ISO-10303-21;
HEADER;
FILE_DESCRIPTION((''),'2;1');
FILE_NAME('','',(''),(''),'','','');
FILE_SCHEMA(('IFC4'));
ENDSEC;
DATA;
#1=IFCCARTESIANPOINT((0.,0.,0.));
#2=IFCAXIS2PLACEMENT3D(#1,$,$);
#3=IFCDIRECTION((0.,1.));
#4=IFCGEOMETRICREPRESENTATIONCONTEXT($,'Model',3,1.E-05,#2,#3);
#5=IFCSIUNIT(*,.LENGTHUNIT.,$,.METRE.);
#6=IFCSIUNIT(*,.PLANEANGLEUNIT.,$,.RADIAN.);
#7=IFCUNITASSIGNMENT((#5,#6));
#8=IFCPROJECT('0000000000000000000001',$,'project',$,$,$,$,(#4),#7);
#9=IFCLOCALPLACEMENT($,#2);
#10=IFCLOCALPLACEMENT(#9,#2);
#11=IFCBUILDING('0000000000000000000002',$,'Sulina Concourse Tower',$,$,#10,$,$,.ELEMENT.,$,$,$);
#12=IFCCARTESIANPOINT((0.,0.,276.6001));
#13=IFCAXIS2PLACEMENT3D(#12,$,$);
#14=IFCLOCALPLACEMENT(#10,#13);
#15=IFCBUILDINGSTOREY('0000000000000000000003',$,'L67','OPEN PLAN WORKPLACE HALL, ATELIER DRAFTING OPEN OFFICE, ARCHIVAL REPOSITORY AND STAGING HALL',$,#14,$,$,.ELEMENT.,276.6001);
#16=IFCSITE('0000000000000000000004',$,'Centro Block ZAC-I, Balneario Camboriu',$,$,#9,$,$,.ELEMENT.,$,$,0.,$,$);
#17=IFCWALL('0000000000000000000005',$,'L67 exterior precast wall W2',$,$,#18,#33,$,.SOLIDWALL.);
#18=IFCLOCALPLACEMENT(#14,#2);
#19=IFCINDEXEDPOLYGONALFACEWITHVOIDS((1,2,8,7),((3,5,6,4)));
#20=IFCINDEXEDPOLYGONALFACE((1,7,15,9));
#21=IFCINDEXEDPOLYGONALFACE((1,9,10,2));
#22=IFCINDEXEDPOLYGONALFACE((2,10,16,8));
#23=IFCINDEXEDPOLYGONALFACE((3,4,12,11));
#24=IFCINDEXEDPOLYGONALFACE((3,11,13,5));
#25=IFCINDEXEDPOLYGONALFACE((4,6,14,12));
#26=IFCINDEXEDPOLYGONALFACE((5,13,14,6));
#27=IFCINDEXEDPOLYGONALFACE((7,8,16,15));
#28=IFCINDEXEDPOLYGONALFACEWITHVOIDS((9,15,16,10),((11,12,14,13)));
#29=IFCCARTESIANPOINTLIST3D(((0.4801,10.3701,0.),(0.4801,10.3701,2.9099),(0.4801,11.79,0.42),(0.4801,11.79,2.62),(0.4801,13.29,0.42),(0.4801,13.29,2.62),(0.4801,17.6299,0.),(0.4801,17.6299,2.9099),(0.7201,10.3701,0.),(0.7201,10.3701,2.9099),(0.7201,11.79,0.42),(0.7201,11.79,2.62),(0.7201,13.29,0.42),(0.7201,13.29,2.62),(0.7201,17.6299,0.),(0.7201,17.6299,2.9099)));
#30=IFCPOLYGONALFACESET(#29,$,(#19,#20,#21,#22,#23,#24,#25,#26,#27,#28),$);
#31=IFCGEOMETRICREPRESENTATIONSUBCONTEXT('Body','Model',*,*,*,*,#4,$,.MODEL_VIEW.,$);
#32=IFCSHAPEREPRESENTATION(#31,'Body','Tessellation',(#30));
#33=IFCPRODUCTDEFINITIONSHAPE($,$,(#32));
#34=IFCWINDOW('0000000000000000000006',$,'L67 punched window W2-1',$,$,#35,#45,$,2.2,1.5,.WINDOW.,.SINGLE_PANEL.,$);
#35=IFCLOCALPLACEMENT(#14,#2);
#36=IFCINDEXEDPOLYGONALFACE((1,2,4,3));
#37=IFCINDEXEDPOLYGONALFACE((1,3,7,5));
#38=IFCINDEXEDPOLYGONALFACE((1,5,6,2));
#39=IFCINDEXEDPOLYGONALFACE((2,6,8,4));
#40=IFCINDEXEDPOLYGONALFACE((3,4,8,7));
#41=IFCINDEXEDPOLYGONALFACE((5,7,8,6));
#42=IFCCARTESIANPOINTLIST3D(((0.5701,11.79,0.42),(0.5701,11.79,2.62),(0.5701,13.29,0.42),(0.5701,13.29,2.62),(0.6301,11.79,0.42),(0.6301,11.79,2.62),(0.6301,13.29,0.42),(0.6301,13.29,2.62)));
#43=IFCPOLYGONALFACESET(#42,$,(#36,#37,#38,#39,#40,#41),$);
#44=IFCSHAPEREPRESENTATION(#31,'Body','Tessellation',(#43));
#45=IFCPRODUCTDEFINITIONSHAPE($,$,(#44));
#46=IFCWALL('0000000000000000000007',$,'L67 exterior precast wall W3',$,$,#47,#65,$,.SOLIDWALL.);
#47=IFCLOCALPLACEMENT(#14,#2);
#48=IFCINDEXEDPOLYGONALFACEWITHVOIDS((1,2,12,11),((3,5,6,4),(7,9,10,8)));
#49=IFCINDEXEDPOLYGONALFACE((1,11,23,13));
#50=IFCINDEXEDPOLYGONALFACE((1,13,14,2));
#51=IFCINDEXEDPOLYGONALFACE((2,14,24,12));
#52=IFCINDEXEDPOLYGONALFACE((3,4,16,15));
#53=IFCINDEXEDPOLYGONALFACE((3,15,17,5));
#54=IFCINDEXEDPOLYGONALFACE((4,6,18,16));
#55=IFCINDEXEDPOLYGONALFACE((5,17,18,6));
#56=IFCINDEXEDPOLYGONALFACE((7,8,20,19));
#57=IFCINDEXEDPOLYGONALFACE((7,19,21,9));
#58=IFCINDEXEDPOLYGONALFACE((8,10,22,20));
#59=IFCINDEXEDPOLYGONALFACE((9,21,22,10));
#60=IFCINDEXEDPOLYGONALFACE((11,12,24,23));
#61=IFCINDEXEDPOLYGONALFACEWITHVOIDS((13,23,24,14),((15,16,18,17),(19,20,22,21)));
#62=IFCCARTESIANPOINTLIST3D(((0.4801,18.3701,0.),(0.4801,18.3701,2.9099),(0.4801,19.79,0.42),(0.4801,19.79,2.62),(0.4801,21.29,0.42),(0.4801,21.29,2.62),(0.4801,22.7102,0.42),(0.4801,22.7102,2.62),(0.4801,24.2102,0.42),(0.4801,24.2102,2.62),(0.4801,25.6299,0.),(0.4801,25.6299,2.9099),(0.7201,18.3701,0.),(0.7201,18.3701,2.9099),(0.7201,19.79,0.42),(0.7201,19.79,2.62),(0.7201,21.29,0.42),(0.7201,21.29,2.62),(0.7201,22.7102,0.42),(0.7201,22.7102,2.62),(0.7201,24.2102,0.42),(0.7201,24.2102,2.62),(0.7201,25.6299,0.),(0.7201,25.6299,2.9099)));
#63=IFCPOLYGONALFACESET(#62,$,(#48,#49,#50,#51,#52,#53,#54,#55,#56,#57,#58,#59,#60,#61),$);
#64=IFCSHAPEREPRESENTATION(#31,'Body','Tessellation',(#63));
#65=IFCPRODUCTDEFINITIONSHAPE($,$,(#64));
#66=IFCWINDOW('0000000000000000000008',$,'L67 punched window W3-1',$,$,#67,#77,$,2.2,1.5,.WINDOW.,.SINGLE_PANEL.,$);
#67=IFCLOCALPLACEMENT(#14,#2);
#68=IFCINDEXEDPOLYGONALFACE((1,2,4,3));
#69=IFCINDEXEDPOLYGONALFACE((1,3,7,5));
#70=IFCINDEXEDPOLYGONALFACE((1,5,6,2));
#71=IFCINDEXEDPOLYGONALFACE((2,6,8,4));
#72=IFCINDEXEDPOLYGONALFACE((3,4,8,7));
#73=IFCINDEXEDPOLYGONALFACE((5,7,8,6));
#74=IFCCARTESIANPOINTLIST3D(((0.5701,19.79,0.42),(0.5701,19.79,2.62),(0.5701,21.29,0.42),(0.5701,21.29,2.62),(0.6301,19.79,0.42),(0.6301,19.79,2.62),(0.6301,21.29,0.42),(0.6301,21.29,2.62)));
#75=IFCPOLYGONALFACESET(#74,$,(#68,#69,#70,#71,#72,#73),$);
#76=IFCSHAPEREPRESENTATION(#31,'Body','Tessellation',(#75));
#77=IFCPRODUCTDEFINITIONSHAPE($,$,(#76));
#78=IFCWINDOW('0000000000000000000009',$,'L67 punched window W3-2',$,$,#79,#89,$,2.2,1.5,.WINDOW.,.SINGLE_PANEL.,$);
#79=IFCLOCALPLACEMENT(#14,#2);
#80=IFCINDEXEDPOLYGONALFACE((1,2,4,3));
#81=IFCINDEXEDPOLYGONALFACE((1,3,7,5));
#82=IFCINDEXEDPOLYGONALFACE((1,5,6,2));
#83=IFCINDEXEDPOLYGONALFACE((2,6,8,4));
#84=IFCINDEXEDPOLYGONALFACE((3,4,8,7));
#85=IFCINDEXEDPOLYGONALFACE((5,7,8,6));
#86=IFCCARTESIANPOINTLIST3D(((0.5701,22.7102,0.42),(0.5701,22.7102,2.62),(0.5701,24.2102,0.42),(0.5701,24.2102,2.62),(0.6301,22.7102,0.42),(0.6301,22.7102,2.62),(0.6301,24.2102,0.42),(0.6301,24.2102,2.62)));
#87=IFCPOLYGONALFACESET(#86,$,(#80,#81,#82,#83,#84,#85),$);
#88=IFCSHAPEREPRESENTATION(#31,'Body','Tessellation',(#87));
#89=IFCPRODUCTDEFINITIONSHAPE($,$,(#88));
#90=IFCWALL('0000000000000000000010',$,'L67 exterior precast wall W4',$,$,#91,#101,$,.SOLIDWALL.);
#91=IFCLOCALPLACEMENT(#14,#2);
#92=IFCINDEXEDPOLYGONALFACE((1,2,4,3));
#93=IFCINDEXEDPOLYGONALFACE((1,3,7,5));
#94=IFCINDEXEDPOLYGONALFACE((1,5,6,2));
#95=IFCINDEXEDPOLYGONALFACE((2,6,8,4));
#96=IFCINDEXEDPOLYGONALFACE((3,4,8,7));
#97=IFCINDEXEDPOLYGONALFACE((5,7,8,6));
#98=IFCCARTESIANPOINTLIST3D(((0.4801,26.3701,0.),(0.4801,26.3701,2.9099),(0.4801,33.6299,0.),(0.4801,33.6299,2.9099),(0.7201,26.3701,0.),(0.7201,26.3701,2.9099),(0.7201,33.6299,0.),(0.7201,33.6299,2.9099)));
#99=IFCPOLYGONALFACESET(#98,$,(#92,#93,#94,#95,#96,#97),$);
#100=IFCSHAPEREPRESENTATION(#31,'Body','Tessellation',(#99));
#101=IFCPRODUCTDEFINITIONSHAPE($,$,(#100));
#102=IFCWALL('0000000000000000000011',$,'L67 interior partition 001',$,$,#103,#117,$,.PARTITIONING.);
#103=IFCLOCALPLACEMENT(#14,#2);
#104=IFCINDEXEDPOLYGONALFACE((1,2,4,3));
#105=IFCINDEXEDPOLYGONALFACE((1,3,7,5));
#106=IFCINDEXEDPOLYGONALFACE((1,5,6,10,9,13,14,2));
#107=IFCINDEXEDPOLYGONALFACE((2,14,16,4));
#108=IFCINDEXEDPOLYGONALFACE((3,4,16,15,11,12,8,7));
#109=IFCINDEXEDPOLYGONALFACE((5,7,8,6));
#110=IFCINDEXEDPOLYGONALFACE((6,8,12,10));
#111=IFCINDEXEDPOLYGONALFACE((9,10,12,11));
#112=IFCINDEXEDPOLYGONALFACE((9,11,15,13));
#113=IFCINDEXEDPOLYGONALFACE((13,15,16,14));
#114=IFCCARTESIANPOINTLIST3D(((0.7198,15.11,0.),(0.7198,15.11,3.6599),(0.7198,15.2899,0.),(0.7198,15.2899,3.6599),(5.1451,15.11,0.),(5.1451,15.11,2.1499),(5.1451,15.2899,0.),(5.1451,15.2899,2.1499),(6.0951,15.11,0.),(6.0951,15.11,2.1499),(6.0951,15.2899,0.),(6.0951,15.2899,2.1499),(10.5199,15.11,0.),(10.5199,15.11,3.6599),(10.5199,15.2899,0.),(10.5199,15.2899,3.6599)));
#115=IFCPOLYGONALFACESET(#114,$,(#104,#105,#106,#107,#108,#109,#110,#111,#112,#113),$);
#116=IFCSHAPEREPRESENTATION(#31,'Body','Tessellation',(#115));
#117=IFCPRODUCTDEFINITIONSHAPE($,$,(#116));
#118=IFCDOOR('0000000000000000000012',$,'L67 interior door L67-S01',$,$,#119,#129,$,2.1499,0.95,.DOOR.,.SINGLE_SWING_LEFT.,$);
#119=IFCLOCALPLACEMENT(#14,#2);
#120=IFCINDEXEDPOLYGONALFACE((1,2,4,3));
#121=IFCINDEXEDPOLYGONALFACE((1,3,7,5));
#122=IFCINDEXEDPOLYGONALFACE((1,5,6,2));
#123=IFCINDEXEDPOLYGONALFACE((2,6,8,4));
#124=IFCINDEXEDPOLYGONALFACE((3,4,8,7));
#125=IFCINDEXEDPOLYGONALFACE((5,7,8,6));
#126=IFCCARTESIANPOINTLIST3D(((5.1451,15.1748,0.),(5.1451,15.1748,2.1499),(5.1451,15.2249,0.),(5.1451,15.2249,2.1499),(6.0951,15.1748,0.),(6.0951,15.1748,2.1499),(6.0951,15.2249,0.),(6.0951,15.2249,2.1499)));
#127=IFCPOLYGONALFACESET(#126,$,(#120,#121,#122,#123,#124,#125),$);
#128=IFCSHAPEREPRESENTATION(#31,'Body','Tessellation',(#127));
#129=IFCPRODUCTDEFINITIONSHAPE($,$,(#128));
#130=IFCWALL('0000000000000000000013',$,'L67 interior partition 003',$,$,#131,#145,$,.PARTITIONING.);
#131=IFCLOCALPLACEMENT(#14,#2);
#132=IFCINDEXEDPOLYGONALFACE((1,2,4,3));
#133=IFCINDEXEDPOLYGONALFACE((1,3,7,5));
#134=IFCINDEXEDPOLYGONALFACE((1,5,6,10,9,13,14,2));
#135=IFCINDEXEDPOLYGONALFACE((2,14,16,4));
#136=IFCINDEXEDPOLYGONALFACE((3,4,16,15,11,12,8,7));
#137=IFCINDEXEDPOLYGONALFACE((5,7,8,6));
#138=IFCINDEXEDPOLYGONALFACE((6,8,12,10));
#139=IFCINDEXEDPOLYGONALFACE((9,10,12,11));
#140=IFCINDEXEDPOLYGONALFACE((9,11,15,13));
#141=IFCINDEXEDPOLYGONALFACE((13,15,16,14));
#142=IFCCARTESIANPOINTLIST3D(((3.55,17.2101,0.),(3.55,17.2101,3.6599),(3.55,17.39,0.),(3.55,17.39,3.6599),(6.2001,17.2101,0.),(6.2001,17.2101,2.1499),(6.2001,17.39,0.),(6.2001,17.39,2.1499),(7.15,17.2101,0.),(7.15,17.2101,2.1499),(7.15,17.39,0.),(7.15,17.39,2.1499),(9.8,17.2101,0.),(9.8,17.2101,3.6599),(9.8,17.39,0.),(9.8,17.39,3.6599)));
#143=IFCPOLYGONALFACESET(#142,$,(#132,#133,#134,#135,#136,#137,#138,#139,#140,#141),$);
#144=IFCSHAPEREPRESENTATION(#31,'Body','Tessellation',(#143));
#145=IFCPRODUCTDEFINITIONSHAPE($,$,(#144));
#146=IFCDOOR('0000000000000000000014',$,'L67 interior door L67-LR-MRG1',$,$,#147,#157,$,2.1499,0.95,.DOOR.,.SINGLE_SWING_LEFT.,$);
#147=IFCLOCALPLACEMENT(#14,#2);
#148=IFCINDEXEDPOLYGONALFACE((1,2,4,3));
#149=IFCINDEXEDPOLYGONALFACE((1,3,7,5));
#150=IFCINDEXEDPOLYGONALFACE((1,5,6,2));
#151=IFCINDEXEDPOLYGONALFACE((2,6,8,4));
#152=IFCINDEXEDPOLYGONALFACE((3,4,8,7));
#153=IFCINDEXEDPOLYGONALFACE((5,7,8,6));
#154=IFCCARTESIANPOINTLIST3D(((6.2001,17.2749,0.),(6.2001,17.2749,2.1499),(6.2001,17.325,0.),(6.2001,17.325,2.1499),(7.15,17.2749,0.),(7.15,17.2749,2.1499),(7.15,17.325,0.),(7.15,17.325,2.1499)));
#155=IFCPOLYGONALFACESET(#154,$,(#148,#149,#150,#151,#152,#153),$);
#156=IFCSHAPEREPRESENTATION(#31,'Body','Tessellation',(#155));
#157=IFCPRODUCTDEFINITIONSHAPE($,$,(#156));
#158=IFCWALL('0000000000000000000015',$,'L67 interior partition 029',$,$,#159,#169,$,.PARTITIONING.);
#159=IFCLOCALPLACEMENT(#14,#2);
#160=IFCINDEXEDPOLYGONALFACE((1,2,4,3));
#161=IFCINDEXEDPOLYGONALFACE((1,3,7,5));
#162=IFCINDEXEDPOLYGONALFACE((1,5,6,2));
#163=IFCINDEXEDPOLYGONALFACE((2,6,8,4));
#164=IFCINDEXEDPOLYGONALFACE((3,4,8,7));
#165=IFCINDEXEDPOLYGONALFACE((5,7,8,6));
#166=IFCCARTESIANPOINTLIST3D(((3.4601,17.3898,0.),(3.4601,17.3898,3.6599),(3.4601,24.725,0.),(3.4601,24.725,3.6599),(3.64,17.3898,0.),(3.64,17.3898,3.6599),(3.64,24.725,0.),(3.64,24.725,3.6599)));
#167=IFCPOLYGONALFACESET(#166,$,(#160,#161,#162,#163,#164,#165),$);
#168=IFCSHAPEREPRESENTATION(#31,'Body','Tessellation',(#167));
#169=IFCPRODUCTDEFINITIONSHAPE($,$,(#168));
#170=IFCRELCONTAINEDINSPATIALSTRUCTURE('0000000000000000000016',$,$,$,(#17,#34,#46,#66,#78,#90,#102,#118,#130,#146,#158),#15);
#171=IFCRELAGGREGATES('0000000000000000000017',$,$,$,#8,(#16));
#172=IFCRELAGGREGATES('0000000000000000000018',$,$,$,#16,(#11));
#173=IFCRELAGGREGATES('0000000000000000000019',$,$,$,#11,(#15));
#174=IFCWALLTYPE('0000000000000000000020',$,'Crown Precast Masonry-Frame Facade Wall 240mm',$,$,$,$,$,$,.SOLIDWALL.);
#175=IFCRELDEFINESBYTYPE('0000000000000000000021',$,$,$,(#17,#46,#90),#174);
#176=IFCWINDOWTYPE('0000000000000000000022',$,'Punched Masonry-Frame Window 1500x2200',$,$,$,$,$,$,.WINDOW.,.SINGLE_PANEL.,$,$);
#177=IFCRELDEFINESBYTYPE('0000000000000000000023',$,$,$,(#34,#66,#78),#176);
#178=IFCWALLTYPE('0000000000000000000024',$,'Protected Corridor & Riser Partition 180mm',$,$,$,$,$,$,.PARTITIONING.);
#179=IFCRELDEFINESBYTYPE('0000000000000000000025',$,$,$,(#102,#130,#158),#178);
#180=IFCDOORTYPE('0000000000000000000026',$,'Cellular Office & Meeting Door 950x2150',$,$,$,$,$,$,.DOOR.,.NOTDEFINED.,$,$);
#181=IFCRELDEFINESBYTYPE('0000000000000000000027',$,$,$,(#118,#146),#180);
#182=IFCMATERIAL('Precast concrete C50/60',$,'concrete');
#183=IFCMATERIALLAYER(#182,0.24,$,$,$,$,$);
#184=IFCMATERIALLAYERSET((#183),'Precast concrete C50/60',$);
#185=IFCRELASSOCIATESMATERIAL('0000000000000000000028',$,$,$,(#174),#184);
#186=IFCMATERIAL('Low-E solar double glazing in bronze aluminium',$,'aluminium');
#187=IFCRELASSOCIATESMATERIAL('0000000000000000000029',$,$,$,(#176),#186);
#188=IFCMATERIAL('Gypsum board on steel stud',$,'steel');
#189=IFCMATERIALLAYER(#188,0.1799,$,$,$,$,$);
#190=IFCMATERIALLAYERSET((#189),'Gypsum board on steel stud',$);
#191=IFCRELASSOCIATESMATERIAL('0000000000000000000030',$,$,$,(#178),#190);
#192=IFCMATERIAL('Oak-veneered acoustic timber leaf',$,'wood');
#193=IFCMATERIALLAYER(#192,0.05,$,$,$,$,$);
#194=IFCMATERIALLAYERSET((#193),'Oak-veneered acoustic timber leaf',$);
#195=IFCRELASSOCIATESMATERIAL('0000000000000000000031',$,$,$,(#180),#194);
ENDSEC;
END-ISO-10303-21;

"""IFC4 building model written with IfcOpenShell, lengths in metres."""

from ifc_helpers import new_model, si_unit, direction, frame, frame_2d, origin, place, context, subcontext, project, spatial, rectangle, extrude, material, layer, layer_set, type_object, element, fill, save


model = new_model("IFC4")

# Units and contexts
model_context = context("Model", 3, precision=1e-05, world=origin(), true_north=direction((0.0, 1.0)))
body_context = subcontext(model_context, "Body", "Model", "MODEL_VIEW")
ifc_project = project(units=[si_unit("LENGTHUNIT", "METRE"), si_unit("PLANEANGLEUNIT", "RADIAN")], contexts=[model_context])

# Site, building, storey
site_placement = place(None, origin())
site = spatial("IfcSite", under=ifc_project, at=site_placement, Name="Centro Block ZAC-I, Balneario Camboriu", CompositionType="ELEMENT", RefElevation=0.0)
building_placement = place(site_placement, origin())
building = spatial("IfcBuilding", under=site, at=building_placement, Name="Sulina Concourse Tower", CompositionType="ELEMENT")
storey_placement = place(building_placement, frame((0.0, 0.0, 276.6001)))
storey = spatial("IfcBuildingStorey", under=building, at=storey_placement, Name="L67", Description="OPEN PLAN WORKPLACE HALL, ATELIER DRAFTING OPEN OFFICE, ARCHIVAL REPOSITORY AND STAGING HALL", CompositionType="ELEMENT", Elevation=276.6001)

# Wall, opening, window
ifc_material_1 = material(Name="Precast concrete C50/60", Category="concrete")
ifc_layer_1 = layer(ifc_material_1, 0.24)
ifc_layer_set_1 = layer_set([ifc_layer_1], Name="Precast concrete C50/60")
wall_type_1 = type_object("IfcWallType", Name="Crown Precast Masonry-Frame Facade Wall 240mm", PredefinedType="SOLIDWALL", material=ifc_layer_set_1)
wall_1_placement = place(storey_placement, frame((0.6001, 10.3701, 0.0), z_axis=(0.0, 0.0, 1.0), x_axis=(0.0, 1.0, 0.0)))
wall_1 = element("IfcWall", 1, at=wall_1_placement, inside=storey, type_object=wall_type_1, Name="L67 exterior precast wall W2", PredefinedType="SOLIDWALL", context=body_context, shape_type="SweptSolid", body=[
    extrude(rectangle(XDim=7.2598, YDim=0.24, at=frame_2d((3.6299, 0.0))), origin(), (0.0, 0.0, 1.0), 2.9099),
])
opening_1_placement = place(wall_1_placement, frame((1.4199, 0.0, 0.4199)))
opening_1 = element("IfcOpeningElement", 2, at=opening_1_placement, cuts=wall_1, PredefinedType="OPENING", context=body_context, shape_type="SweptSolid", body=[
    extrude(rectangle(XDim=1.5, YDim=2.2, at=frame_2d((0.75, 1.1001))), frame((0.0, 0.1299, 0.0), z_axis=(0.0, -1.0, 0.0), x_axis=(1.0, 0.0, 0.0)), (0.0, 0.0, 1.0), 0.26),
])
ifc_material_2 = material(Name="Low-E solar double glazing in bronze aluminium", Category="aluminium")
window_type = type_object("IfcWindowType", Name="Punched Masonry-Frame Window 1500x2200", PartitioningType="SINGLE_PANEL", PredefinedType="WINDOW", material=ifc_material_2)
window_1_placement = place(opening_1_placement, origin())
window_1 = element("IfcWindow", 3, at=window_1_placement, inside=storey, type_object=window_type, Name="L67 punched window W2-1", OverallHeight=2.2, OverallWidth=1.5, PartitioningType="SINGLE_PANEL", PredefinedType="WINDOW", context=body_context, shape_type="SweptSolid", body=[
    extrude(rectangle(XDim=1.5, YDim=2.2, at=frame_2d((0.75, 1.1001))), frame((0.0, 0.03, 0.0), z_axis=(0.0, -1.0, 0.0), x_axis=(1.0, 0.0, 0.0)), (0.0, 0.0, 1.0), 0.0601),
])
fill(opening_1, window_1)

# Wall, openings, windows
wall_2_placement = place(storey_placement, frame((0.6001, 18.3701, 0.0), z_axis=(0.0, 0.0, 1.0), x_axis=(0.0, 1.0, 0.0)))
wall_2 = element("IfcWall", 4, at=wall_2_placement, inside=storey, type_object=wall_type_1, Name="L67 exterior precast wall W3", PredefinedType="SOLIDWALL", context=body_context, shape_type="SweptSolid", body=[
    extrude(rectangle(XDim=7.2598, YDim=0.24, at=frame_2d((3.6299, 0.0))), origin(), (0.0, 0.0, 1.0), 2.9099),
])
opening_2_placement = place(wall_2_placement, frame((1.4199, 0.0, 0.4199)))
opening_2 = element("IfcOpeningElement", 5, at=opening_2_placement, cuts=wall_2, PredefinedType="OPENING", context=body_context, shape_type="SweptSolid", body=[
    extrude(rectangle(XDim=1.5, YDim=2.2, at=frame_2d((0.75, 1.1001))), frame((0.0, 0.1299, 0.0), z_axis=(0.0, -1.0, 0.0), x_axis=(1.0, 0.0, 0.0)), (0.0, 0.0, 1.0), 0.26),
])
opening_3_placement = place(wall_2_placement, frame((4.3401, 0.0, 0.4199)))
opening_3 = element("IfcOpeningElement", 6, at=opening_3_placement, cuts=wall_2, PredefinedType="OPENING", context=body_context, shape_type="SweptSolid", body=[
    extrude(rectangle(XDim=1.5, YDim=2.2, at=frame_2d((0.75, 1.1001))), frame((0.0, 0.1299, 0.0), z_axis=(0.0, -1.0, 0.0), x_axis=(1.0, 0.0, 0.0)), (0.0, 0.0, 1.0), 0.26),
])
window_2_placement = place(opening_2_placement, origin())
window_2 = element("IfcWindow", 7, at=window_2_placement, inside=storey, type_object=window_type, Name="L67 punched window W3-1", OverallHeight=2.2, OverallWidth=1.5, PartitioningType="SINGLE_PANEL", PredefinedType="WINDOW", context=body_context, shape_type="SweptSolid", body=[
    extrude(rectangle(XDim=1.5, YDim=2.2, at=frame_2d((0.75, 1.1001))), frame((0.0, 0.03, 0.0), z_axis=(0.0, -1.0, 0.0), x_axis=(1.0, 0.0, 0.0)), (0.0, 0.0, 1.0), 0.0601),
])
fill(opening_2, window_2)
window_3_placement = place(opening_3_placement, origin())
window_3 = element("IfcWindow", 8, at=window_3_placement, inside=storey, type_object=window_type, Name="L67 punched window W3-2", OverallHeight=2.2, OverallWidth=1.5, PartitioningType="SINGLE_PANEL", PredefinedType="WINDOW", context=body_context, shape_type="SweptSolid", body=[
    extrude(rectangle(XDim=1.5, YDim=2.2, at=frame_2d((0.75, 1.1001))), frame((0.0, 0.03, 0.0), z_axis=(0.0, -1.0, 0.0), x_axis=(1.0, 0.0, 0.0)), (0.0, 0.0, 1.0), 0.0601),
])
fill(opening_3, window_3)

# Wall
wall_3_placement = place(storey_placement, frame((0.6001, 26.3701, 0.0), z_axis=(0.0, 0.0, 1.0), x_axis=(0.0, 1.0, 0.0)))
element("IfcWall", 9, at=wall_3_placement, inside=storey, type_object=wall_type_1, Name="L67 exterior precast wall W4", PredefinedType="SOLIDWALL", context=body_context, shape_type="SweptSolid", body=[
    extrude(rectangle(XDim=7.2598, YDim=0.24, at=frame_2d((3.6299, 0.0))), origin(), (0.0, 0.0, 1.0), 2.9099),
])

# Walls, openings, doors
ifc_material_3 = material(Name="Gypsum board on steel stud", Category="steel")
ifc_layer_2 = layer(ifc_material_3, 0.1799)
ifc_layer_set_2 = layer_set([ifc_layer_2], Name="Gypsum board on steel stud")
wall_type_2 = type_object("IfcWallType", Name="Protected Corridor & Riser Partition 180mm", PredefinedType="PARTITIONING", material=ifc_layer_set_2)
wall_4_placement = place(storey_placement, frame((0.72, 15.2, 0.0), z_axis=(0.0, 0.0, 1.0), x_axis=(1.0, 0.0, 0.0)))
wall_4 = element("IfcWall", 10, at=wall_4_placement, inside=storey, type_object=wall_type_2, Name="L67 interior partition 001", PredefinedType="PARTITIONING", context=body_context, shape_type="SweptSolid", body=[
    extrude(rectangle(XDim=9.8, YDim=0.1799, at=frame_2d((4.8999, 0.0))), origin(), (0.0, 0.0, 1.0), 3.6599),
])
opening_4_placement = place(wall_4_placement, frame((4.425, 0.0, 0.0)))
opening_4 = element("IfcOpeningElement", 11, at=opening_4_placement, cuts=wall_4, PredefinedType="OPENING", context=body_context, shape_type="SweptSolid", body=[
    extrude(rectangle(XDim=0.95, YDim=2.1499, at=frame_2d((0.4751, 1.075))), frame((0.0, 0.0999, 0.0), z_axis=(0.0, -1.0, 0.0), x_axis=(1.0, 0.0, 0.0)), (0.0, 0.0, 1.0), 0.2),
])
ifc_material_4 = material(Name="Oak-veneered acoustic timber leaf", Category="wood")
ifc_layer_3 = layer(ifc_material_4, 0.05)
ifc_layer_set_3 = layer_set([ifc_layer_3], Name="Oak-veneered acoustic timber leaf")
door_type = type_object("IfcDoorType", Name="Cellular Office & Meeting Door 950x2150", OperationType="NOTDEFINED", PredefinedType="DOOR", material=ifc_layer_set_3)
door_1_placement = place(opening_4_placement, origin())
door_1 = element("IfcDoor", 12, at=door_1_placement, inside=storey, type_object=door_type, Name="L67 interior door L67-S01", OperationType="SINGLE_SWING_LEFT", OverallHeight=2.1499, OverallWidth=0.95, PredefinedType="DOOR", context=body_context, shape_type="SweptSolid", body=[
    extrude(rectangle(XDim=0.95, YDim=2.1499, at=frame_2d((0.4751, 1.075))), frame((0.0, 0.0249, 0.0), z_axis=(0.0, -1.0, 0.0), x_axis=(1.0, 0.0, 0.0)), (0.0, 0.0, 1.0), 0.05),
])
fill(opening_4, door_1)
wall_5_placement = place(storey_placement, frame((3.55, 17.3, 0.0), z_axis=(0.0, 0.0, 1.0), x_axis=(1.0, 0.0, 0.0)))
wall_5 = element("IfcWall", 13, at=wall_5_placement, inside=storey, type_object=wall_type_2, Name="L67 interior partition 003", PredefinedType="PARTITIONING", context=body_context, shape_type="SweptSolid", body=[
    extrude(rectangle(XDim=6.25, YDim=0.1799, at=frame_2d((3.125, 0.0))), origin(), (0.0, 0.0, 1.0), 3.6599),
])
opening_5_placement = place(wall_5_placement, frame((2.6499, 0.0, 0.0)))
opening_5 = element("IfcOpeningElement", 14, at=opening_5_placement, cuts=wall_5, PredefinedType="OPENING", context=body_context, shape_type="SweptSolid", body=[
    extrude(rectangle(XDim=0.95, YDim=2.1499, at=frame_2d((0.4751, 1.075))), frame((0.0, 0.0999, 0.0), z_axis=(0.0, -1.0, 0.0), x_axis=(1.0, 0.0, 0.0)), (0.0, 0.0, 1.0), 0.2),
])
door_2_placement = place(opening_5_placement, origin())
door_2 = element("IfcDoor", 15, at=door_2_placement, inside=storey, type_object=door_type, Name="L67 interior door L67-LR-MRG1", OperationType="SINGLE_SWING_LEFT", OverallHeight=2.1499, OverallWidth=0.95, PredefinedType="DOOR", context=body_context, shape_type="SweptSolid", body=[
    extrude(rectangle(XDim=0.95, YDim=2.1499, at=frame_2d((0.4751, 1.075))), frame((0.0, 0.0249, 0.0), z_axis=(0.0, -1.0, 0.0), x_axis=(1.0, 0.0, 0.0)), (0.0, 0.0, 1.0), 0.05),
])
fill(opening_5, door_2)

# Wall
wall_6_placement = place(storey_placement, frame((3.55, 17.3899, 0.0), z_axis=(0.0, 0.0, 1.0), x_axis=(0.0, 1.0, 0.0)))
element("IfcWall", 16, at=wall_6_placement, inside=storey, type_object=wall_type_2, Name="L67 interior partition 029", PredefinedType="PARTITIONING", context=body_context, shape_type="SweptSolid", body=[
    extrude(rectangle(XDim=7.3352, YDim=0.1799, at=frame_2d((3.6675, 0.0))), origin(), (0.0, 0.0, 1.0), 3.6599),
])

save(model, "model.ifc")
